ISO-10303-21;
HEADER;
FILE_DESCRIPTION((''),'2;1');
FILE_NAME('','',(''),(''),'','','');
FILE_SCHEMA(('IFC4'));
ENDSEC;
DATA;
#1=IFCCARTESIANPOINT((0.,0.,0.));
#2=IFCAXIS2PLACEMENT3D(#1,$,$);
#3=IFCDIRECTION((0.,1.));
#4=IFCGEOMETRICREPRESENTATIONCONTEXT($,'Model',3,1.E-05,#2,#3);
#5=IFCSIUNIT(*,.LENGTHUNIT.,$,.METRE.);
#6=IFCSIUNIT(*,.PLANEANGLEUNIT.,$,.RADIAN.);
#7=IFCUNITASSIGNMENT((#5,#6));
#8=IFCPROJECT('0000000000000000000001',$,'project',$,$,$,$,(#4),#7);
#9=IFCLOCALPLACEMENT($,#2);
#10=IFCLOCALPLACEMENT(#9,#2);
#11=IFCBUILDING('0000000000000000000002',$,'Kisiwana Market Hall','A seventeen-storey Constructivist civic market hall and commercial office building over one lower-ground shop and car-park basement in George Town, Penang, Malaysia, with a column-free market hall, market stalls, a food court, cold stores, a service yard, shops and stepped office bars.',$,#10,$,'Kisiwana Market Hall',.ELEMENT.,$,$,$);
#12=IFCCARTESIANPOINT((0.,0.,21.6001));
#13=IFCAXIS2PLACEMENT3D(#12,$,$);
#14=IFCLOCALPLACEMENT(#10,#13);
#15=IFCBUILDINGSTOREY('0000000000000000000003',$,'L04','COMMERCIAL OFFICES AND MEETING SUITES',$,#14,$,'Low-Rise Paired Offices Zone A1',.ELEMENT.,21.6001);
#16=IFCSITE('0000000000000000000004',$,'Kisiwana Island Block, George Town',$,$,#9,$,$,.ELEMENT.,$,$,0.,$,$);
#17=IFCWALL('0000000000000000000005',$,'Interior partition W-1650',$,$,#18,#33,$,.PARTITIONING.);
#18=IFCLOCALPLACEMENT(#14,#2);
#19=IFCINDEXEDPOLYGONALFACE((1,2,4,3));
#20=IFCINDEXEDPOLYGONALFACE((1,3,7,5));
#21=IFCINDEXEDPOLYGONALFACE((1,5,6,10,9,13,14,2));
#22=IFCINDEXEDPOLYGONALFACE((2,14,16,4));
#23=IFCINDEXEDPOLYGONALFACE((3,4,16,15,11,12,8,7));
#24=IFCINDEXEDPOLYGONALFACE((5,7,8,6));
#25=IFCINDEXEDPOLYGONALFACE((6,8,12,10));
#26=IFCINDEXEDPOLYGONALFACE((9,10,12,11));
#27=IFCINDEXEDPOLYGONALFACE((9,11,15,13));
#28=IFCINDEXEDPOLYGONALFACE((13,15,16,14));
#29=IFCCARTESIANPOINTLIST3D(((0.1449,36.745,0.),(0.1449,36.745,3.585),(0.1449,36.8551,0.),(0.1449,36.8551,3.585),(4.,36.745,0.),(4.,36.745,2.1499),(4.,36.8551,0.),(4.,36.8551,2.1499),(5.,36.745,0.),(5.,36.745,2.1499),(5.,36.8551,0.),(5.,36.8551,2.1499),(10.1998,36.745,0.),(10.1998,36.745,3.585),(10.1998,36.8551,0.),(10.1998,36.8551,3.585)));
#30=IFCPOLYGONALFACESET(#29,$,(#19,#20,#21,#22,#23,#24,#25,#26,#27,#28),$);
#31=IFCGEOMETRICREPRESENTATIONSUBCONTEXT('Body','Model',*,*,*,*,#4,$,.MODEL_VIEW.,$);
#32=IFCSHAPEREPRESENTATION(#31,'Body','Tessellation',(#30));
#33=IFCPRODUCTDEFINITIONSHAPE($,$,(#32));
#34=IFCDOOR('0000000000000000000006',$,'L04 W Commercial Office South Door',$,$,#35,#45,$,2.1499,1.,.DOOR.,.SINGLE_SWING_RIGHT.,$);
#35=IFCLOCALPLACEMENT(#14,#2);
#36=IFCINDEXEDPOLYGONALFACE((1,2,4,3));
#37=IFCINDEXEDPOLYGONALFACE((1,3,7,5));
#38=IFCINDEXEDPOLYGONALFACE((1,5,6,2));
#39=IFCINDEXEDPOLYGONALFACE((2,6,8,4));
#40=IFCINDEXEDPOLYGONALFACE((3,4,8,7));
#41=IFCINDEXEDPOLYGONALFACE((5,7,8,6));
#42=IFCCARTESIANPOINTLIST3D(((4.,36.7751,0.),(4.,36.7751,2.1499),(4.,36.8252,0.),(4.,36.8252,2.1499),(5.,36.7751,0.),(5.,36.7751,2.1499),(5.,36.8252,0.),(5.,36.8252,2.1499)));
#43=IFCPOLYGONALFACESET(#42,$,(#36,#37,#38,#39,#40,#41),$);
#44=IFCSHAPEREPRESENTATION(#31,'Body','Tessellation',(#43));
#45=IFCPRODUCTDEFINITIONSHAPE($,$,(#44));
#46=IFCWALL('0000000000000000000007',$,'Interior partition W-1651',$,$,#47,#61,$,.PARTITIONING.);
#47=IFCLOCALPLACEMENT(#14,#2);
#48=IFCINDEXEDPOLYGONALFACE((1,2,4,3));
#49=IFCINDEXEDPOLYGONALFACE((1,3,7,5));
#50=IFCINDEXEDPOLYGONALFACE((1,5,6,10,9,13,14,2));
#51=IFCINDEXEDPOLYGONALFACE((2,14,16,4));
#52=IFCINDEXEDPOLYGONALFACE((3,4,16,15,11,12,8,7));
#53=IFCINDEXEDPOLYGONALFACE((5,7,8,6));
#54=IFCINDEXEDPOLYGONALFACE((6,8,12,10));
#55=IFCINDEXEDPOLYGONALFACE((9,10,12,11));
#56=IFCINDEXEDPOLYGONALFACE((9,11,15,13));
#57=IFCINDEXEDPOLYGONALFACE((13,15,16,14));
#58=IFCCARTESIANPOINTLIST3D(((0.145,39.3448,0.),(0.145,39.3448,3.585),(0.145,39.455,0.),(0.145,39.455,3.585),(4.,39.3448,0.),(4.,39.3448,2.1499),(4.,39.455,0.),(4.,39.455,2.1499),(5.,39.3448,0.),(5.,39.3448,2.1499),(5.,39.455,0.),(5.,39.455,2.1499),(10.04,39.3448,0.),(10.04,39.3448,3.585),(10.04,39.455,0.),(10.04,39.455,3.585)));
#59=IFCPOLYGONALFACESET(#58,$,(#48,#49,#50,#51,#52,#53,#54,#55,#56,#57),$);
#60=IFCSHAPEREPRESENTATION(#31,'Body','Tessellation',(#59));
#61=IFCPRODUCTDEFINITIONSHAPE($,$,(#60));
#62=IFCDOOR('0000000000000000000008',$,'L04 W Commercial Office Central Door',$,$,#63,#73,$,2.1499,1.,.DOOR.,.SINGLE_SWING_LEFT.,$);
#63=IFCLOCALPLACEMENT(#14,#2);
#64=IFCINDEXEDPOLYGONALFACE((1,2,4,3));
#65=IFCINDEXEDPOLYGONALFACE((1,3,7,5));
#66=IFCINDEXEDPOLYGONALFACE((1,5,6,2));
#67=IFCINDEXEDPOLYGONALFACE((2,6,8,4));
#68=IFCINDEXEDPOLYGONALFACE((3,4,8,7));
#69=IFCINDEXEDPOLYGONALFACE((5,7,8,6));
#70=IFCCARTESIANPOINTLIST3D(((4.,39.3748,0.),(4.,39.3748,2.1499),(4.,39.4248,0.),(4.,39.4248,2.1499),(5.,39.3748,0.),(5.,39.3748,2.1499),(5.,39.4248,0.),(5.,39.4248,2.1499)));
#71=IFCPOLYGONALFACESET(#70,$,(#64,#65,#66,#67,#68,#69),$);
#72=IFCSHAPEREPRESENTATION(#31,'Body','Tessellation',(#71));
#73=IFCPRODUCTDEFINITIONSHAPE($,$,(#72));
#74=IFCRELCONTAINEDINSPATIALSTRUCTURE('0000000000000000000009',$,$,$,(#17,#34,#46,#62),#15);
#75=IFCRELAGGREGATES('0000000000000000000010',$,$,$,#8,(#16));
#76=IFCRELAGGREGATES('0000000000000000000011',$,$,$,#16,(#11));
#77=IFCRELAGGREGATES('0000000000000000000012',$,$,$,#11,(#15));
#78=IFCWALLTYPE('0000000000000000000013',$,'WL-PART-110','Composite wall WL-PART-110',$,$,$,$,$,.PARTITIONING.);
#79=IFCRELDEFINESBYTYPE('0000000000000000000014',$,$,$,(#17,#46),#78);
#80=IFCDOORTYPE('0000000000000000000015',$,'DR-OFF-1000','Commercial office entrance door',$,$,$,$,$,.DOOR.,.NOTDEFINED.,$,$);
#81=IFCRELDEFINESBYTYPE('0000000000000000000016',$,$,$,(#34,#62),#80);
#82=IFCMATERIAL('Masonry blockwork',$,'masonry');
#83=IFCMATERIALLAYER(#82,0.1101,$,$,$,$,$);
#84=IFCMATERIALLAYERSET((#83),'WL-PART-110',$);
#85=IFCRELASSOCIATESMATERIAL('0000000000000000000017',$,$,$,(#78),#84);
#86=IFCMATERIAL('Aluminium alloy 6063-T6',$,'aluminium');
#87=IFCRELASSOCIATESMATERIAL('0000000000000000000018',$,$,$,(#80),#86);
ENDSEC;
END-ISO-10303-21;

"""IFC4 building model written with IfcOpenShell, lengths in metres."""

from ifc_helpers import new_model, si_unit, direction, frame, frame_2d, origin, place, context, subcontext, project, spatial, rectangle, extrude, material, layer, layer_set, type_object, element, fill, save


model = new_model("IFC4")

# Units and contexts
model_context = context("Model", 3, precision=1e-05, world=origin(), true_north=direction((0.0, 1.0)))
body_context = subcontext(model_context, "Body", "Model", "MODEL_VIEW")
ifc_project = project(units=[si_unit("LENGTHUNIT", "METRE"), si_unit("PLANEANGLEUNIT", "RADIAN")], contexts=[model_context])

# Site, building, storey
site_placement = place(None, origin())
site = spatial("IfcSite", under=ifc_project, at=site_placement, Name="Kisiwana Island Block, George Town", CompositionType="ELEMENT", RefElevation=0.0)
building_placement = place(site_placement, origin())
building = spatial("IfcBuilding", under=site, at=building_placement, Name="Kisiwana Market Hall", Description="A seventeen-storey Constructivist civic market hall and commercial office building over one lower-ground shop and car-park basement in George Town, Penang, Malaysia, with a column-free market hall, market stalls, a food court, cold stores, a service yard, shops and stepped office bars.", LongName="Kisiwana Market Hall", CompositionType="ELEMENT")
storey_placement = place(building_placement, frame((0.0, 0.0, 21.6001)))
storey = spatial("IfcBuildingStorey", under=building, at=storey_placement, Name="L04", Description="COMMERCIAL OFFICES AND MEETING SUITES", LongName="Low-Rise Paired Offices Zone A1", CompositionType="ELEMENT", Elevation=21.6001)

# Shared definitions
ifc_material_1 = material(Name="Masonry blockwork", Category="masonry")
ifc_layer_1 = layer(ifc_material_1, 0.1101)
ifc_layer_set_1 = layer_set([ifc_layer_1], Name="WL-PART-110")
wall_type_1 = type_object("IfcWallType", Name="WL-PART-110", Description="Composite wall WL-PART-110", PredefinedType="PARTITIONING", material=ifc_layer_set_1)

# Walls, openings, doors
wall_1_placement = place(storey_placement, frame((0.145, 36.8, 0.0), z_axis=(0.0, 0.0, 1.0), x_axis=(1.0, 0.0, 0.0)))
wall_1 = element("IfcWall", 1, at=wall_1_placement, inside=storey, type_object=wall_type_1, Name="Interior partition W-1650", PredefinedType="PARTITIONING", context=body_context, shape_type="SweptSolid", body=[
    extrude(rectangle(XDim=10.0549, YDim=0.1101, at=frame_2d((5.0273, 0.0))), origin(), (0.0, 0.0, 1.0), 3.585),
])
opening_1_placement = place(wall_1_placement, frame((3.855, 0.0, 0.0)))
opening_1 = element("IfcOpeningElement", 2, at=opening_1_placement, cuts=wall_1, PredefinedType="OPENING", context=body_context, shape_type="SweptSolid", body=[
    extrude(rectangle(XDim=1.0, YDim=2.1499, at=frame_2d((0.5, 1.075))), frame((0.0, 0.0669, 0.0), z_axis=(0.0, -1.0, 0.0), x_axis=(1.0, 0.0, 0.0)), (0.0, 0.0, 1.0), 0.134),
])
ifc_material_2 = material(Name="Aluminium alloy 6063-T6", Category="aluminium")
door_type_1 = type_object("IfcDoorType", Name="DR-OFF-1000", Description="Commercial office entrance door", OperationType="NOTDEFINED", PredefinedType="DOOR", material=ifc_material_2)
door_1_placement = place(opening_1_placement, frame((1.0, 0.0, 0.0), z_axis=(0.0, 0.0, 1.0), x_axis=(-1.0, 0.0, 0.0)))
door_1 = element("IfcDoor", 3, at=door_1_placement, inside=storey, type_object=door_type_1, Name="L04 W Commercial Office South Door", OperationType="SINGLE_SWING_RIGHT", OverallHeight=2.1499, OverallWidth=1.0, PredefinedType="DOOR", context=body_context, shape_type="SweptSolid", body=[
    extrude(rectangle(XDim=1.0, YDim=2.1499, at=frame_2d((0.5, 1.075))), frame((0.0, 0.0249, 0.0), z_axis=(0.0, -1.0, 0.0), x_axis=(1.0, 0.0, 0.0)), (0.0, 0.0, 1.0), 0.05),
])
fill(opening_1, door_1)
wall_2_placement = place(storey_placement, frame((0.145, 39.3999, 0.0), z_axis=(0.0, 0.0, 1.0), x_axis=(1.0, 0.0, 0.0)))
wall_2 = element("IfcWall", 4, at=wall_2_placement, inside=storey, type_object=wall_type_1, Name="Interior partition W-1651", PredefinedType="PARTITIONING", context=body_context, shape_type="SweptSolid", body=[
    extrude(rectangle(XDim=9.895, YDim=0.1101, at=frame_2d((4.9475, 0.0))), origin(), (0.0, 0.0, 1.0), 3.585),
])
opening_2_placement = place(wall_2_placement, frame((3.855, 0.0, 0.0)))
opening_2 = element("IfcOpeningElement", 5, at=opening_2_placement, cuts=wall_2, PredefinedType="OPENING", context=body_context, shape_type="SweptSolid", body=[
    extrude(rectangle(XDim=1.0, YDim=2.1499, at=frame_2d((0.5, 1.075))), frame((0.0, 0.0669, 0.0), z_axis=(0.0, -1.0, 0.0), x_axis=(1.0, 0.0, 0.0)), (0.0, 0.0, 1.0), 0.134),
])
door_2_placement = place(opening_2_placement, origin())
door_2 = element("IfcDoor", 6, at=door_2_placement, inside=storey, type_object=door_type_1, Name="L04 W Commercial Office Central Door", OperationType="SINGLE_SWING_LEFT", OverallHeight=2.1499, OverallWidth=1.0, PredefinedType="DOOR", context=body_context, shape_type="SweptSolid", body=[
    extrude(rectangle(XDim=1.0, YDim=2.1499, at=frame_2d((0.5, 1.075))), frame((0.0, 0.0249, 0.0), z_axis=(0.0, -1.0, 0.0), x_axis=(1.0, 0.0, 0.0)), (0.0, 0.0, 1.0), 0.05),
])
fill(opening_2, door_2)

save(model, "model.ifc")
